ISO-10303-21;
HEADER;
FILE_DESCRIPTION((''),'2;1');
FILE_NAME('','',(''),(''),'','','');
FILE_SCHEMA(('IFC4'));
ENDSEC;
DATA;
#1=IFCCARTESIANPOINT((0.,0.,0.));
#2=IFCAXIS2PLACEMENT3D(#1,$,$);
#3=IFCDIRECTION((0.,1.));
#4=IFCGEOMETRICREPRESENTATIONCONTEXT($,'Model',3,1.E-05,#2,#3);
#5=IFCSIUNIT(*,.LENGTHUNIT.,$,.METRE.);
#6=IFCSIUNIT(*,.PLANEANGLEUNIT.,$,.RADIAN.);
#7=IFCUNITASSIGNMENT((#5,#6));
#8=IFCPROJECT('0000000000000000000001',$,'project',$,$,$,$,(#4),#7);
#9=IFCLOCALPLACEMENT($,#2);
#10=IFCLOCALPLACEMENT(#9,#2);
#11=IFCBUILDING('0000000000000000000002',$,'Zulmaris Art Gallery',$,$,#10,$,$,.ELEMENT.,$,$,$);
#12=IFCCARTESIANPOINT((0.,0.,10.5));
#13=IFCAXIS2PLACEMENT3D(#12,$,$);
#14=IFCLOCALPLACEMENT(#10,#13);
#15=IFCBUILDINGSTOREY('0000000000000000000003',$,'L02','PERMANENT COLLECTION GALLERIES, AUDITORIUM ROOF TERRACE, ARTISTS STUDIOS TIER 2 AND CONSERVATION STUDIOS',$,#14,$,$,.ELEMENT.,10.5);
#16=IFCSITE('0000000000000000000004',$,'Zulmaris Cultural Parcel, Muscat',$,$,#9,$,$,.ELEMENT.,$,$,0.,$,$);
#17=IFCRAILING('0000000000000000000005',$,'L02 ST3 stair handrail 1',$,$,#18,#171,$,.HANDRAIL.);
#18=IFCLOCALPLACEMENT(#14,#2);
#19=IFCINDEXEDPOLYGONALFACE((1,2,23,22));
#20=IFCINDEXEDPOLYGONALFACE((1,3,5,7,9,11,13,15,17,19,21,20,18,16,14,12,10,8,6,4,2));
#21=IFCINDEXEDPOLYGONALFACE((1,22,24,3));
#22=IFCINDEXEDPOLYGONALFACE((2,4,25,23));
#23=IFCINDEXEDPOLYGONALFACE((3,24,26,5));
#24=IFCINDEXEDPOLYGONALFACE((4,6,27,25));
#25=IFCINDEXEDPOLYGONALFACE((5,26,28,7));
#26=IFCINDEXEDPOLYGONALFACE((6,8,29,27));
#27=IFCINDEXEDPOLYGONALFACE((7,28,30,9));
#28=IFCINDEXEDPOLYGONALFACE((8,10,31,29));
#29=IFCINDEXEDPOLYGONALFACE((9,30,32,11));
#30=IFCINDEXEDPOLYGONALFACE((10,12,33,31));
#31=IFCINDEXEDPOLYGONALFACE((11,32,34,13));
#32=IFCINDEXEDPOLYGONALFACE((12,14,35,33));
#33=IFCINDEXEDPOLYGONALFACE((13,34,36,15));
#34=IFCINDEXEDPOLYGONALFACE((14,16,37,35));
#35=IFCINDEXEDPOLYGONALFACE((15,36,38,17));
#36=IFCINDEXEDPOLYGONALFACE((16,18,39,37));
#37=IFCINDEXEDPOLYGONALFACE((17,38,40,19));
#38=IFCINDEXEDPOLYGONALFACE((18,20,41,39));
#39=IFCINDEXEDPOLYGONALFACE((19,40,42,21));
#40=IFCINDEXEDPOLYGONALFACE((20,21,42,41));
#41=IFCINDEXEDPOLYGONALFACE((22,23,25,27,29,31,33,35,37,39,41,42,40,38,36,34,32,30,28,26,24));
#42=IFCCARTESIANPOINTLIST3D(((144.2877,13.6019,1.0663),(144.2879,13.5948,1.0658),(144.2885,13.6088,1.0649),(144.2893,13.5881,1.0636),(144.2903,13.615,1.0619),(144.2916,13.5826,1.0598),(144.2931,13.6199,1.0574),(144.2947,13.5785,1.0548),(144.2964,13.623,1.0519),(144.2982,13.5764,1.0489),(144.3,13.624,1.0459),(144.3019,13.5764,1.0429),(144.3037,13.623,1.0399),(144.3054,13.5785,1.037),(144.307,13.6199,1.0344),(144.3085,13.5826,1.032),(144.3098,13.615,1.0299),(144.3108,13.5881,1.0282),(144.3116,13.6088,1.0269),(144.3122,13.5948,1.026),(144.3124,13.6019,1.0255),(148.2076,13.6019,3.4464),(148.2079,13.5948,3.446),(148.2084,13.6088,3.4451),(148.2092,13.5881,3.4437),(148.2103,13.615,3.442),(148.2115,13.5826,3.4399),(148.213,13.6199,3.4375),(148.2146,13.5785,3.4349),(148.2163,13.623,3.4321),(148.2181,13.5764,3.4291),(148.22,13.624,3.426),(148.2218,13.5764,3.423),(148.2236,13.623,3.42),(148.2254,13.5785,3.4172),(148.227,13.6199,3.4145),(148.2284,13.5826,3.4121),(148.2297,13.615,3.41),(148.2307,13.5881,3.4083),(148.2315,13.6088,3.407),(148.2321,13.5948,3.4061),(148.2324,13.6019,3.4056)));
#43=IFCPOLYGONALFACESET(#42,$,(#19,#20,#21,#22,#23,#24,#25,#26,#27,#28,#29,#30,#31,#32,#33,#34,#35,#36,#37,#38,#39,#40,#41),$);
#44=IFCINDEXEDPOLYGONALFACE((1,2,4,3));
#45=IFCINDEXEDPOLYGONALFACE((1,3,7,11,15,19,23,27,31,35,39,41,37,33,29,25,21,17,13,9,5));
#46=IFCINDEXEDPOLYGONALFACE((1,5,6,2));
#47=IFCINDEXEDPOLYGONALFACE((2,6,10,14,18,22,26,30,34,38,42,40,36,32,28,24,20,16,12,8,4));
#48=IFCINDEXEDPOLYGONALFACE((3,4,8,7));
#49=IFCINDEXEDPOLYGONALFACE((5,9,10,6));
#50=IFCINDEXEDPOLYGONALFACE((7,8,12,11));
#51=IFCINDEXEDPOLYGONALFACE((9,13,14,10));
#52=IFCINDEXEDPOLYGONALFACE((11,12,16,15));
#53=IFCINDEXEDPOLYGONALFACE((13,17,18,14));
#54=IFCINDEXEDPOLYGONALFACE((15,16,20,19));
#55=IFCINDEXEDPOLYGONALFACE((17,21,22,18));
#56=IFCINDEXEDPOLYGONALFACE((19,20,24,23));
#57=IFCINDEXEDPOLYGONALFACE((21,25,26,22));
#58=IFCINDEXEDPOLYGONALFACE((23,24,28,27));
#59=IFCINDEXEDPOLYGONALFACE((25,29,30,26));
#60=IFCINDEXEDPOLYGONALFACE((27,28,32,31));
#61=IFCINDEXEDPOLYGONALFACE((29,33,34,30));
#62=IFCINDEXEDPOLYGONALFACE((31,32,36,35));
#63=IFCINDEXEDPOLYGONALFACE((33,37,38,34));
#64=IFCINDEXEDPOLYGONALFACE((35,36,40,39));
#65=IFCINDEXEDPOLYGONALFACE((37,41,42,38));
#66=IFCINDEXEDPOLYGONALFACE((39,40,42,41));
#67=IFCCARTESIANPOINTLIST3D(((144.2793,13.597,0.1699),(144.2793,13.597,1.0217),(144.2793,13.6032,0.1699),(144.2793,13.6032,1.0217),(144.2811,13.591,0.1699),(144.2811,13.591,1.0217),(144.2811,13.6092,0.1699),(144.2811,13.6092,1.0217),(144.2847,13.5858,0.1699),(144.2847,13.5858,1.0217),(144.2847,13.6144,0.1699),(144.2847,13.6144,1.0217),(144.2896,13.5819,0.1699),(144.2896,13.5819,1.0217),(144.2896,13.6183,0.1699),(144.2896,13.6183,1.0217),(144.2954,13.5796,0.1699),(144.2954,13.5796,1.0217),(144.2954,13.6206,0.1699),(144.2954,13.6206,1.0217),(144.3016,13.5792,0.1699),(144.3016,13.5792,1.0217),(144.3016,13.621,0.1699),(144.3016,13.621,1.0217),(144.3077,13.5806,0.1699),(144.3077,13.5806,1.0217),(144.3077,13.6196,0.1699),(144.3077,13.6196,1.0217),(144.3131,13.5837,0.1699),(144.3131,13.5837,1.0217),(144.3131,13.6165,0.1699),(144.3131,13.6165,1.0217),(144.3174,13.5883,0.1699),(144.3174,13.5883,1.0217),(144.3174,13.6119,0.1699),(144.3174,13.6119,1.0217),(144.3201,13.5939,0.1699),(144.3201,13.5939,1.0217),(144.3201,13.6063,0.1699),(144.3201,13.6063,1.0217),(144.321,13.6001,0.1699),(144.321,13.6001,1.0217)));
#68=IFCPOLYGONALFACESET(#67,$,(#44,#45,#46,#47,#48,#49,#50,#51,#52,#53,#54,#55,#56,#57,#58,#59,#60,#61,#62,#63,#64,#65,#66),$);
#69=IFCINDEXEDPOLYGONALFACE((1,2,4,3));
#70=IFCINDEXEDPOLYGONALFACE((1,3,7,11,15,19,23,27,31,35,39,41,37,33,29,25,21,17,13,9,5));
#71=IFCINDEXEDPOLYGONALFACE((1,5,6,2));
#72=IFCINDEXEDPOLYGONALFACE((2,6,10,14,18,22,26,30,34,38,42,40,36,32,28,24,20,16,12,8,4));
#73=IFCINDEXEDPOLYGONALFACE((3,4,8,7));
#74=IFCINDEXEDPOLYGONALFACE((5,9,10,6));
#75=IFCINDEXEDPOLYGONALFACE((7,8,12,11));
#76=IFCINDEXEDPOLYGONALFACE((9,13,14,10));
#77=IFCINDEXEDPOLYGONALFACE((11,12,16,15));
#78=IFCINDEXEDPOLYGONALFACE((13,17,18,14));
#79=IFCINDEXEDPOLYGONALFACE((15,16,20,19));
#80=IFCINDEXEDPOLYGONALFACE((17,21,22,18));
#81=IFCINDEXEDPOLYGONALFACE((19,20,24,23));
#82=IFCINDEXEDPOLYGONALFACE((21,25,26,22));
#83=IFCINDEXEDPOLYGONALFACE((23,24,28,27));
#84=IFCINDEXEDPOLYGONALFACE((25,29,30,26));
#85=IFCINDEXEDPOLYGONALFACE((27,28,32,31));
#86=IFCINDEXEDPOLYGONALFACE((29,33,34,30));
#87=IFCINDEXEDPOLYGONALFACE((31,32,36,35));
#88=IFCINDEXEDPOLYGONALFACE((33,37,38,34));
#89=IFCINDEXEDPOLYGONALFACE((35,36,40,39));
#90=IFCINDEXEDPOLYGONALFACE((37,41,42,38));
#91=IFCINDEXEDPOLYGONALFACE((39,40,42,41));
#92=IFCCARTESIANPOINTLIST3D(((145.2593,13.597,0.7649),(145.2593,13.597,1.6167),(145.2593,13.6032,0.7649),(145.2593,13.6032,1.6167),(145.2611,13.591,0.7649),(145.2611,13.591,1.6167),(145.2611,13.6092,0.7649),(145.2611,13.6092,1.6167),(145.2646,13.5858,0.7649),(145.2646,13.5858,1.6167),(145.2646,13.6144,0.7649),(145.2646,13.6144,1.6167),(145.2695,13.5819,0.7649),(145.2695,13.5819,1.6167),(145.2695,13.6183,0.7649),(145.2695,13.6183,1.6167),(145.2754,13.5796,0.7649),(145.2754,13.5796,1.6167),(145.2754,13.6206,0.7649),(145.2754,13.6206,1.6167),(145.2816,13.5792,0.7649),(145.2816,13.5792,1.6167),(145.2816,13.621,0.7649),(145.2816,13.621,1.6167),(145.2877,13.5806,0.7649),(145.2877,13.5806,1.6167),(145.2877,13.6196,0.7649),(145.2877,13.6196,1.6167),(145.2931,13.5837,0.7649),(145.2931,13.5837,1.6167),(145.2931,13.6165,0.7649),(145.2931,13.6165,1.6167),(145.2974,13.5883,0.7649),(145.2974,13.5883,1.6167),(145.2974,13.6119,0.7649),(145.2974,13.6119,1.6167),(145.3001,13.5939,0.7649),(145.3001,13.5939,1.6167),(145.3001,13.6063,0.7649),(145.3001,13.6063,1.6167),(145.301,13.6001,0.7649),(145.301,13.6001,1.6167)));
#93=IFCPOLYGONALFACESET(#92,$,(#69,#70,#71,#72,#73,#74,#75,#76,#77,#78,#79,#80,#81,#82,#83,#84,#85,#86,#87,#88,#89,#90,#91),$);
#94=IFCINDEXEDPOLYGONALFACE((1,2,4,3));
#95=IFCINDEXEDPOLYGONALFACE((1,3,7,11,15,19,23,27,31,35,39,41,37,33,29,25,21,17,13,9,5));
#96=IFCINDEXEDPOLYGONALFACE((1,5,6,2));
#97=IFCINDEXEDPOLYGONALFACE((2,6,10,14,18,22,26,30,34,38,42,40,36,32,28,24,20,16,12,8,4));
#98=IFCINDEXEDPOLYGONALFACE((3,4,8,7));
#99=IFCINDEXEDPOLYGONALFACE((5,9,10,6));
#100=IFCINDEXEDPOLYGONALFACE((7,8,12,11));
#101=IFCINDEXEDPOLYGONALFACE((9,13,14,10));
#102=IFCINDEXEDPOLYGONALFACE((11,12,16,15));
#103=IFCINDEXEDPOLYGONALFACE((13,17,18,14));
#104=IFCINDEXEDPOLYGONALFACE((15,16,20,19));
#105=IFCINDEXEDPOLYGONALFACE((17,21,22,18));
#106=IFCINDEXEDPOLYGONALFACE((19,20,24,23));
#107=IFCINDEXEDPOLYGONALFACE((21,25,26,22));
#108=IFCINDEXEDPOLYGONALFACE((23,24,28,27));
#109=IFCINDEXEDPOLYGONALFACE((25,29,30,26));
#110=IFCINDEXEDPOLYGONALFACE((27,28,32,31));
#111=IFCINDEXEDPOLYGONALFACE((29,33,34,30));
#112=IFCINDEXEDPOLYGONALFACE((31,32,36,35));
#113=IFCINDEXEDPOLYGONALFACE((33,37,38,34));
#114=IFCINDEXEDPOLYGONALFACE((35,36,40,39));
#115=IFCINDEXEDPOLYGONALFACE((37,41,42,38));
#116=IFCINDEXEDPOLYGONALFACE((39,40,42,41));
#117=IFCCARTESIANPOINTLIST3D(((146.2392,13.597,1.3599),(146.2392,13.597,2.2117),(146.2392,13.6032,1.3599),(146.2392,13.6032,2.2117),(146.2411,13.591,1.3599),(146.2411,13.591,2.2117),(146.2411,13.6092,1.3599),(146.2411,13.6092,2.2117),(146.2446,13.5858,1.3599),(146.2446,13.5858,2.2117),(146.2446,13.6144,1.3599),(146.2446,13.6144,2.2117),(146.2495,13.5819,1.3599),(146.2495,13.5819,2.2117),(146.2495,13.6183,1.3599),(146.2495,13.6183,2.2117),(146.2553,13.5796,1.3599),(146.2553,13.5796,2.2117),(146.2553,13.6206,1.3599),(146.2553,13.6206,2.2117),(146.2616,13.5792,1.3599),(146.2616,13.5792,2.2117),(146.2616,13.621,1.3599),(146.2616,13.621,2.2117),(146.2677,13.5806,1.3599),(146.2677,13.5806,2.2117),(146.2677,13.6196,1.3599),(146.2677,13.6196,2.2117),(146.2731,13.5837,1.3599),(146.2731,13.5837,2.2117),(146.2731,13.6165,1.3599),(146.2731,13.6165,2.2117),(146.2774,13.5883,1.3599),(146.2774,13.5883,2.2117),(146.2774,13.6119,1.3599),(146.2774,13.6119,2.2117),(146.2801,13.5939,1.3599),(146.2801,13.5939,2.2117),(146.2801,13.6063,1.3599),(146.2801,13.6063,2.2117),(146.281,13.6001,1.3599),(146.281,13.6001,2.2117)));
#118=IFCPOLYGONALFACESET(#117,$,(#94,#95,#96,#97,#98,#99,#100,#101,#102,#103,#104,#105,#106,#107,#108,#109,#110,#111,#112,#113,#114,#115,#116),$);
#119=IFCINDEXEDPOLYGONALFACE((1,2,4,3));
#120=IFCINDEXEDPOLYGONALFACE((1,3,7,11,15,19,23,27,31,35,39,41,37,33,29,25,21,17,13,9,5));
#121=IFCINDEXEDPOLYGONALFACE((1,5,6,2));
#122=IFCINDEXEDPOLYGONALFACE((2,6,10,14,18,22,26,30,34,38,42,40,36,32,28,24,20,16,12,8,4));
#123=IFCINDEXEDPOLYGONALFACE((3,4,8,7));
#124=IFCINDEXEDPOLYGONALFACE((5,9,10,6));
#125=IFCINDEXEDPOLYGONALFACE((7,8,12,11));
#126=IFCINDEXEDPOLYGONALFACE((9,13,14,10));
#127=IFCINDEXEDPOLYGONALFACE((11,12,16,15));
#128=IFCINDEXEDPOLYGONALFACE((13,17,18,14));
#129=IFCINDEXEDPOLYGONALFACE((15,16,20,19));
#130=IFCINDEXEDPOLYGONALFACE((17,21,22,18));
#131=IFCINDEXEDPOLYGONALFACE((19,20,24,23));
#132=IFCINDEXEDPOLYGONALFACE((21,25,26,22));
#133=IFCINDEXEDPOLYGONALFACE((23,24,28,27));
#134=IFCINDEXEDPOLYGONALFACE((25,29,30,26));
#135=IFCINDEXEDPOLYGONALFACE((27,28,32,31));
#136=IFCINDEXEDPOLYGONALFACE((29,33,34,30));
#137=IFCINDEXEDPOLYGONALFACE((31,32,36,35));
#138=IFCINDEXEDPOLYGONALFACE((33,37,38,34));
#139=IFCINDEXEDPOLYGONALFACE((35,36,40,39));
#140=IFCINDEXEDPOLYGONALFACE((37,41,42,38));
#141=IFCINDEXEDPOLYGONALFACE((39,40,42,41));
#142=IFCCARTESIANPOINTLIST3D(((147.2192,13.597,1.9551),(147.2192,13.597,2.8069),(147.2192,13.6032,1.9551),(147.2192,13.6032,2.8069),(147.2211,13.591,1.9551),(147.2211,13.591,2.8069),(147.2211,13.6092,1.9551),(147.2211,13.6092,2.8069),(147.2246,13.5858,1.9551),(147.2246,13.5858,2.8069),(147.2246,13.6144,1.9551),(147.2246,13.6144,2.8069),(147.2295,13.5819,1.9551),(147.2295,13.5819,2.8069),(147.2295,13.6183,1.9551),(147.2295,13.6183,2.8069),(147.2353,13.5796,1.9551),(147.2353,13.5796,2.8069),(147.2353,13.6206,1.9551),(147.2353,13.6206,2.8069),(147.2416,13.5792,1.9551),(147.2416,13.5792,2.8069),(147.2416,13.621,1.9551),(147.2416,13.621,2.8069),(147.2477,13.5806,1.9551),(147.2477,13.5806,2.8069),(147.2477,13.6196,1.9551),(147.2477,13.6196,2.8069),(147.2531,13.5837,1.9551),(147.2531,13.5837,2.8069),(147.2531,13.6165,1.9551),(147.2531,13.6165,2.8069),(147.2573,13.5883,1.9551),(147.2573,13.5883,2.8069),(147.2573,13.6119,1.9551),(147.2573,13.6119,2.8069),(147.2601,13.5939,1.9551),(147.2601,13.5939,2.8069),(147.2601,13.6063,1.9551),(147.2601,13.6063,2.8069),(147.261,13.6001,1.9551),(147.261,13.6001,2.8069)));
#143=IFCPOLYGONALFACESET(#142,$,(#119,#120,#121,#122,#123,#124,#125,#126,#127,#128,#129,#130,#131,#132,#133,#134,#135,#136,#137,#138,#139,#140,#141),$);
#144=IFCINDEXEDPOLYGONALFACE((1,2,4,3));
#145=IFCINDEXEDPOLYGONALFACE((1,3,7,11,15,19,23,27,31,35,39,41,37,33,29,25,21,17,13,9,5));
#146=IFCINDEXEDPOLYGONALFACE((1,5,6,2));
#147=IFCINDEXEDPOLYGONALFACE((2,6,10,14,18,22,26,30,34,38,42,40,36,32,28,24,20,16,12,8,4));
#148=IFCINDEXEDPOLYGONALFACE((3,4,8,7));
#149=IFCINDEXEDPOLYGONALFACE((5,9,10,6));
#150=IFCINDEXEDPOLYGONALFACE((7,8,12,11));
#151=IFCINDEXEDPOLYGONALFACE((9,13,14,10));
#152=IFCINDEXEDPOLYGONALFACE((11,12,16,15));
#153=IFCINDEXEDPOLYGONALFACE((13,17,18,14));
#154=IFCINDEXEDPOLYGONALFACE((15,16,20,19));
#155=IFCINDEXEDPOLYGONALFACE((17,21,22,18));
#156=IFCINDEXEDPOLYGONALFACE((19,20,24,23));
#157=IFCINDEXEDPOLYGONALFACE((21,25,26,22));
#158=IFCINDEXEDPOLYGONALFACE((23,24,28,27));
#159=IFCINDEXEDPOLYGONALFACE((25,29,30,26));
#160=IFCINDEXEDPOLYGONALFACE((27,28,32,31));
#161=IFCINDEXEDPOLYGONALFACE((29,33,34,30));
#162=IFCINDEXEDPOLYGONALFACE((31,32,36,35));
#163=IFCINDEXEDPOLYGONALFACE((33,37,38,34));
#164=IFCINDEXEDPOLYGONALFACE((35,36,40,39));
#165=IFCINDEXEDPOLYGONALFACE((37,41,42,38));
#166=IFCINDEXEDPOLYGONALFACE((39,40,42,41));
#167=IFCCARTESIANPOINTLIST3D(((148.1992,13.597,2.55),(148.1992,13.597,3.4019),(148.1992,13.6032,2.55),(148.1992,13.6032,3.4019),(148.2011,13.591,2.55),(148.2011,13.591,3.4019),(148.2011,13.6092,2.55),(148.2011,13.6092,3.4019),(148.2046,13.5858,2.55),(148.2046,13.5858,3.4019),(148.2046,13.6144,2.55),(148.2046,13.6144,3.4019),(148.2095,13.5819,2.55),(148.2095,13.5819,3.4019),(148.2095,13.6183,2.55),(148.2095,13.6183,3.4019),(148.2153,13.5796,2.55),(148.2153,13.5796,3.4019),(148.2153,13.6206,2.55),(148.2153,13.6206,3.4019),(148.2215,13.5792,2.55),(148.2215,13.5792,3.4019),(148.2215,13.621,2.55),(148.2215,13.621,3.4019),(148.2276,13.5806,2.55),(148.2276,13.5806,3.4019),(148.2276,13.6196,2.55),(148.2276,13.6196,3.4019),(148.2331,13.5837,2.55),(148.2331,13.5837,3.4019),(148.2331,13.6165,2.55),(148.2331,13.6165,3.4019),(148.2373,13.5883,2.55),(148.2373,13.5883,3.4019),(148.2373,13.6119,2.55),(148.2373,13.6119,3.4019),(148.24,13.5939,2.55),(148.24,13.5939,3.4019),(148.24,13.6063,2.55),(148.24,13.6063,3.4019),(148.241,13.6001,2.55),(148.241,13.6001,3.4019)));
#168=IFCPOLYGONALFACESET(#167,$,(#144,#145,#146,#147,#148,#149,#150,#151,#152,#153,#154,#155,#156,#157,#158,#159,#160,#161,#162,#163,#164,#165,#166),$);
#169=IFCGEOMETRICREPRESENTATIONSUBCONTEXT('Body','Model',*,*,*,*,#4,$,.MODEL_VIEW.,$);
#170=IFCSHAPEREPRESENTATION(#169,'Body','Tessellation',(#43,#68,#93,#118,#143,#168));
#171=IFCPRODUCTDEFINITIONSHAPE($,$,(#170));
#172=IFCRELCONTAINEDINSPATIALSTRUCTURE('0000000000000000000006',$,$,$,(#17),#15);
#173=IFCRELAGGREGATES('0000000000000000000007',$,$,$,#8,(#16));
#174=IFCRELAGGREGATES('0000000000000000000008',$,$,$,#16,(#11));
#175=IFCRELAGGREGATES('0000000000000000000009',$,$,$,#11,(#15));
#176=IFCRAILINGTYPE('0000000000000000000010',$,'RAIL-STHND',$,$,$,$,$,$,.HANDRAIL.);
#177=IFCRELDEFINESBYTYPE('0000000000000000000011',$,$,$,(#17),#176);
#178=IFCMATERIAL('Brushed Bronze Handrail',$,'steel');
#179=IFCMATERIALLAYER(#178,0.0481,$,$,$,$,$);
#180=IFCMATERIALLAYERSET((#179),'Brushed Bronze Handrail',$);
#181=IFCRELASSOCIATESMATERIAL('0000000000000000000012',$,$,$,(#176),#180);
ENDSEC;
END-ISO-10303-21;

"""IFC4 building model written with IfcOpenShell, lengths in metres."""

from ifc_helpers import new_model, si_unit, direction, frame, origin, origin_2d, place, context, subcontext, project, spatial, circle, extrude, material, layer, layer_set, type_object, element, save


model = new_model("IFC4")

# Units and contexts
model_context = context("Model", 3, precision=1e-05, world=origin(), true_north=direction((0.0, 1.0)))
body_context = subcontext(model_context, "Body", "Model", "MODEL_VIEW")
ifc_project = project(units=[si_unit("LENGTHUNIT", "METRE"), si_unit("PLANEANGLEUNIT", "RADIAN")], contexts=[model_context])

# Site, building, storey
site_placement = place(None, origin())
site = spatial("IfcSite", under=ifc_project, at=site_placement, Name="Zulmaris Cultural Parcel, Muscat", CompositionType="ELEMENT", RefElevation=0.0)
building_placement = place(site_placement, origin())
building = spatial("IfcBuilding", under=site, at=building_placement, Name="Zulmaris Art Gallery", CompositionType="ELEMENT")
storey_placement = place(building_placement, frame((0.0, 0.0, 10.5)))
storey = spatial("IfcBuildingStorey", under=building, at=storey_placement, Name="L02", Description="PERMANENT COLLECTION GALLERIES, AUDITORIUM ROOF TERRACE, ARTISTS STUDIOS TIER 2 AND CONSERVATION STUDIOS", CompositionType="ELEMENT", Elevation=10.5)

# Railing
ifc_material_1 = material(Name="Brushed Bronze Handrail", Category="steel")
ifc_layer_1 = layer(ifc_material_1, 0.0481)
ifc_layer_set_1 = layer_set([ifc_layer_1], Name="Brushed Bronze Handrail")
railing_type_1 = type_object("IfcRailingType", Name="RAIL-STHND", PredefinedType="HANDRAIL", material=ifc_layer_set_1)
railing_1_placement = place(storey_placement, frame((144.3, 13.6001, 0.1699)))
element("IfcRailing", 1, at=railing_1_placement, inside=storey, type_object=railing_type_1, Name="L02 ST3 stair handrail 1", PredefinedType="HANDRAIL", context=body_context, shape_type="SweptSolid", body=[
    extrude(circle(Radius=0.0239, at=origin_2d()), frame((0.0, 0.0, 0.876), z_axis=(0.854771, 0.0, 0.519006), x_axis=(0.0, 1.0, 0.0)), (0.0, 0.0, 1.0), 4.5859),
    extrude(circle(Radius=0.021, at=origin_2d()), origin(), (0.0, 0.0, 1.0), 0.8518),
    extrude(circle(Radius=0.021, at=origin_2d()), frame((0.98, 0.0, 0.595)), (0.0, 0.0, 1.0), 0.8518),
    extrude(circle(Radius=0.021, at=origin_2d()), frame((1.96, 0.0, 1.1899)), (0.0, 0.0, 1.0), 0.8518),
    extrude(circle(Radius=0.021, at=origin_2d()), frame((2.9399, 0.0, 1.7852)), (0.0, 0.0, 1.0), 0.8518),
    extrude(circle(Radius=0.021, at=origin_2d()), frame((3.9199, 0.0, 2.3801)), (0.0, 0.0, 1.0), 0.8518),
])

save(model, "model.ifc")
